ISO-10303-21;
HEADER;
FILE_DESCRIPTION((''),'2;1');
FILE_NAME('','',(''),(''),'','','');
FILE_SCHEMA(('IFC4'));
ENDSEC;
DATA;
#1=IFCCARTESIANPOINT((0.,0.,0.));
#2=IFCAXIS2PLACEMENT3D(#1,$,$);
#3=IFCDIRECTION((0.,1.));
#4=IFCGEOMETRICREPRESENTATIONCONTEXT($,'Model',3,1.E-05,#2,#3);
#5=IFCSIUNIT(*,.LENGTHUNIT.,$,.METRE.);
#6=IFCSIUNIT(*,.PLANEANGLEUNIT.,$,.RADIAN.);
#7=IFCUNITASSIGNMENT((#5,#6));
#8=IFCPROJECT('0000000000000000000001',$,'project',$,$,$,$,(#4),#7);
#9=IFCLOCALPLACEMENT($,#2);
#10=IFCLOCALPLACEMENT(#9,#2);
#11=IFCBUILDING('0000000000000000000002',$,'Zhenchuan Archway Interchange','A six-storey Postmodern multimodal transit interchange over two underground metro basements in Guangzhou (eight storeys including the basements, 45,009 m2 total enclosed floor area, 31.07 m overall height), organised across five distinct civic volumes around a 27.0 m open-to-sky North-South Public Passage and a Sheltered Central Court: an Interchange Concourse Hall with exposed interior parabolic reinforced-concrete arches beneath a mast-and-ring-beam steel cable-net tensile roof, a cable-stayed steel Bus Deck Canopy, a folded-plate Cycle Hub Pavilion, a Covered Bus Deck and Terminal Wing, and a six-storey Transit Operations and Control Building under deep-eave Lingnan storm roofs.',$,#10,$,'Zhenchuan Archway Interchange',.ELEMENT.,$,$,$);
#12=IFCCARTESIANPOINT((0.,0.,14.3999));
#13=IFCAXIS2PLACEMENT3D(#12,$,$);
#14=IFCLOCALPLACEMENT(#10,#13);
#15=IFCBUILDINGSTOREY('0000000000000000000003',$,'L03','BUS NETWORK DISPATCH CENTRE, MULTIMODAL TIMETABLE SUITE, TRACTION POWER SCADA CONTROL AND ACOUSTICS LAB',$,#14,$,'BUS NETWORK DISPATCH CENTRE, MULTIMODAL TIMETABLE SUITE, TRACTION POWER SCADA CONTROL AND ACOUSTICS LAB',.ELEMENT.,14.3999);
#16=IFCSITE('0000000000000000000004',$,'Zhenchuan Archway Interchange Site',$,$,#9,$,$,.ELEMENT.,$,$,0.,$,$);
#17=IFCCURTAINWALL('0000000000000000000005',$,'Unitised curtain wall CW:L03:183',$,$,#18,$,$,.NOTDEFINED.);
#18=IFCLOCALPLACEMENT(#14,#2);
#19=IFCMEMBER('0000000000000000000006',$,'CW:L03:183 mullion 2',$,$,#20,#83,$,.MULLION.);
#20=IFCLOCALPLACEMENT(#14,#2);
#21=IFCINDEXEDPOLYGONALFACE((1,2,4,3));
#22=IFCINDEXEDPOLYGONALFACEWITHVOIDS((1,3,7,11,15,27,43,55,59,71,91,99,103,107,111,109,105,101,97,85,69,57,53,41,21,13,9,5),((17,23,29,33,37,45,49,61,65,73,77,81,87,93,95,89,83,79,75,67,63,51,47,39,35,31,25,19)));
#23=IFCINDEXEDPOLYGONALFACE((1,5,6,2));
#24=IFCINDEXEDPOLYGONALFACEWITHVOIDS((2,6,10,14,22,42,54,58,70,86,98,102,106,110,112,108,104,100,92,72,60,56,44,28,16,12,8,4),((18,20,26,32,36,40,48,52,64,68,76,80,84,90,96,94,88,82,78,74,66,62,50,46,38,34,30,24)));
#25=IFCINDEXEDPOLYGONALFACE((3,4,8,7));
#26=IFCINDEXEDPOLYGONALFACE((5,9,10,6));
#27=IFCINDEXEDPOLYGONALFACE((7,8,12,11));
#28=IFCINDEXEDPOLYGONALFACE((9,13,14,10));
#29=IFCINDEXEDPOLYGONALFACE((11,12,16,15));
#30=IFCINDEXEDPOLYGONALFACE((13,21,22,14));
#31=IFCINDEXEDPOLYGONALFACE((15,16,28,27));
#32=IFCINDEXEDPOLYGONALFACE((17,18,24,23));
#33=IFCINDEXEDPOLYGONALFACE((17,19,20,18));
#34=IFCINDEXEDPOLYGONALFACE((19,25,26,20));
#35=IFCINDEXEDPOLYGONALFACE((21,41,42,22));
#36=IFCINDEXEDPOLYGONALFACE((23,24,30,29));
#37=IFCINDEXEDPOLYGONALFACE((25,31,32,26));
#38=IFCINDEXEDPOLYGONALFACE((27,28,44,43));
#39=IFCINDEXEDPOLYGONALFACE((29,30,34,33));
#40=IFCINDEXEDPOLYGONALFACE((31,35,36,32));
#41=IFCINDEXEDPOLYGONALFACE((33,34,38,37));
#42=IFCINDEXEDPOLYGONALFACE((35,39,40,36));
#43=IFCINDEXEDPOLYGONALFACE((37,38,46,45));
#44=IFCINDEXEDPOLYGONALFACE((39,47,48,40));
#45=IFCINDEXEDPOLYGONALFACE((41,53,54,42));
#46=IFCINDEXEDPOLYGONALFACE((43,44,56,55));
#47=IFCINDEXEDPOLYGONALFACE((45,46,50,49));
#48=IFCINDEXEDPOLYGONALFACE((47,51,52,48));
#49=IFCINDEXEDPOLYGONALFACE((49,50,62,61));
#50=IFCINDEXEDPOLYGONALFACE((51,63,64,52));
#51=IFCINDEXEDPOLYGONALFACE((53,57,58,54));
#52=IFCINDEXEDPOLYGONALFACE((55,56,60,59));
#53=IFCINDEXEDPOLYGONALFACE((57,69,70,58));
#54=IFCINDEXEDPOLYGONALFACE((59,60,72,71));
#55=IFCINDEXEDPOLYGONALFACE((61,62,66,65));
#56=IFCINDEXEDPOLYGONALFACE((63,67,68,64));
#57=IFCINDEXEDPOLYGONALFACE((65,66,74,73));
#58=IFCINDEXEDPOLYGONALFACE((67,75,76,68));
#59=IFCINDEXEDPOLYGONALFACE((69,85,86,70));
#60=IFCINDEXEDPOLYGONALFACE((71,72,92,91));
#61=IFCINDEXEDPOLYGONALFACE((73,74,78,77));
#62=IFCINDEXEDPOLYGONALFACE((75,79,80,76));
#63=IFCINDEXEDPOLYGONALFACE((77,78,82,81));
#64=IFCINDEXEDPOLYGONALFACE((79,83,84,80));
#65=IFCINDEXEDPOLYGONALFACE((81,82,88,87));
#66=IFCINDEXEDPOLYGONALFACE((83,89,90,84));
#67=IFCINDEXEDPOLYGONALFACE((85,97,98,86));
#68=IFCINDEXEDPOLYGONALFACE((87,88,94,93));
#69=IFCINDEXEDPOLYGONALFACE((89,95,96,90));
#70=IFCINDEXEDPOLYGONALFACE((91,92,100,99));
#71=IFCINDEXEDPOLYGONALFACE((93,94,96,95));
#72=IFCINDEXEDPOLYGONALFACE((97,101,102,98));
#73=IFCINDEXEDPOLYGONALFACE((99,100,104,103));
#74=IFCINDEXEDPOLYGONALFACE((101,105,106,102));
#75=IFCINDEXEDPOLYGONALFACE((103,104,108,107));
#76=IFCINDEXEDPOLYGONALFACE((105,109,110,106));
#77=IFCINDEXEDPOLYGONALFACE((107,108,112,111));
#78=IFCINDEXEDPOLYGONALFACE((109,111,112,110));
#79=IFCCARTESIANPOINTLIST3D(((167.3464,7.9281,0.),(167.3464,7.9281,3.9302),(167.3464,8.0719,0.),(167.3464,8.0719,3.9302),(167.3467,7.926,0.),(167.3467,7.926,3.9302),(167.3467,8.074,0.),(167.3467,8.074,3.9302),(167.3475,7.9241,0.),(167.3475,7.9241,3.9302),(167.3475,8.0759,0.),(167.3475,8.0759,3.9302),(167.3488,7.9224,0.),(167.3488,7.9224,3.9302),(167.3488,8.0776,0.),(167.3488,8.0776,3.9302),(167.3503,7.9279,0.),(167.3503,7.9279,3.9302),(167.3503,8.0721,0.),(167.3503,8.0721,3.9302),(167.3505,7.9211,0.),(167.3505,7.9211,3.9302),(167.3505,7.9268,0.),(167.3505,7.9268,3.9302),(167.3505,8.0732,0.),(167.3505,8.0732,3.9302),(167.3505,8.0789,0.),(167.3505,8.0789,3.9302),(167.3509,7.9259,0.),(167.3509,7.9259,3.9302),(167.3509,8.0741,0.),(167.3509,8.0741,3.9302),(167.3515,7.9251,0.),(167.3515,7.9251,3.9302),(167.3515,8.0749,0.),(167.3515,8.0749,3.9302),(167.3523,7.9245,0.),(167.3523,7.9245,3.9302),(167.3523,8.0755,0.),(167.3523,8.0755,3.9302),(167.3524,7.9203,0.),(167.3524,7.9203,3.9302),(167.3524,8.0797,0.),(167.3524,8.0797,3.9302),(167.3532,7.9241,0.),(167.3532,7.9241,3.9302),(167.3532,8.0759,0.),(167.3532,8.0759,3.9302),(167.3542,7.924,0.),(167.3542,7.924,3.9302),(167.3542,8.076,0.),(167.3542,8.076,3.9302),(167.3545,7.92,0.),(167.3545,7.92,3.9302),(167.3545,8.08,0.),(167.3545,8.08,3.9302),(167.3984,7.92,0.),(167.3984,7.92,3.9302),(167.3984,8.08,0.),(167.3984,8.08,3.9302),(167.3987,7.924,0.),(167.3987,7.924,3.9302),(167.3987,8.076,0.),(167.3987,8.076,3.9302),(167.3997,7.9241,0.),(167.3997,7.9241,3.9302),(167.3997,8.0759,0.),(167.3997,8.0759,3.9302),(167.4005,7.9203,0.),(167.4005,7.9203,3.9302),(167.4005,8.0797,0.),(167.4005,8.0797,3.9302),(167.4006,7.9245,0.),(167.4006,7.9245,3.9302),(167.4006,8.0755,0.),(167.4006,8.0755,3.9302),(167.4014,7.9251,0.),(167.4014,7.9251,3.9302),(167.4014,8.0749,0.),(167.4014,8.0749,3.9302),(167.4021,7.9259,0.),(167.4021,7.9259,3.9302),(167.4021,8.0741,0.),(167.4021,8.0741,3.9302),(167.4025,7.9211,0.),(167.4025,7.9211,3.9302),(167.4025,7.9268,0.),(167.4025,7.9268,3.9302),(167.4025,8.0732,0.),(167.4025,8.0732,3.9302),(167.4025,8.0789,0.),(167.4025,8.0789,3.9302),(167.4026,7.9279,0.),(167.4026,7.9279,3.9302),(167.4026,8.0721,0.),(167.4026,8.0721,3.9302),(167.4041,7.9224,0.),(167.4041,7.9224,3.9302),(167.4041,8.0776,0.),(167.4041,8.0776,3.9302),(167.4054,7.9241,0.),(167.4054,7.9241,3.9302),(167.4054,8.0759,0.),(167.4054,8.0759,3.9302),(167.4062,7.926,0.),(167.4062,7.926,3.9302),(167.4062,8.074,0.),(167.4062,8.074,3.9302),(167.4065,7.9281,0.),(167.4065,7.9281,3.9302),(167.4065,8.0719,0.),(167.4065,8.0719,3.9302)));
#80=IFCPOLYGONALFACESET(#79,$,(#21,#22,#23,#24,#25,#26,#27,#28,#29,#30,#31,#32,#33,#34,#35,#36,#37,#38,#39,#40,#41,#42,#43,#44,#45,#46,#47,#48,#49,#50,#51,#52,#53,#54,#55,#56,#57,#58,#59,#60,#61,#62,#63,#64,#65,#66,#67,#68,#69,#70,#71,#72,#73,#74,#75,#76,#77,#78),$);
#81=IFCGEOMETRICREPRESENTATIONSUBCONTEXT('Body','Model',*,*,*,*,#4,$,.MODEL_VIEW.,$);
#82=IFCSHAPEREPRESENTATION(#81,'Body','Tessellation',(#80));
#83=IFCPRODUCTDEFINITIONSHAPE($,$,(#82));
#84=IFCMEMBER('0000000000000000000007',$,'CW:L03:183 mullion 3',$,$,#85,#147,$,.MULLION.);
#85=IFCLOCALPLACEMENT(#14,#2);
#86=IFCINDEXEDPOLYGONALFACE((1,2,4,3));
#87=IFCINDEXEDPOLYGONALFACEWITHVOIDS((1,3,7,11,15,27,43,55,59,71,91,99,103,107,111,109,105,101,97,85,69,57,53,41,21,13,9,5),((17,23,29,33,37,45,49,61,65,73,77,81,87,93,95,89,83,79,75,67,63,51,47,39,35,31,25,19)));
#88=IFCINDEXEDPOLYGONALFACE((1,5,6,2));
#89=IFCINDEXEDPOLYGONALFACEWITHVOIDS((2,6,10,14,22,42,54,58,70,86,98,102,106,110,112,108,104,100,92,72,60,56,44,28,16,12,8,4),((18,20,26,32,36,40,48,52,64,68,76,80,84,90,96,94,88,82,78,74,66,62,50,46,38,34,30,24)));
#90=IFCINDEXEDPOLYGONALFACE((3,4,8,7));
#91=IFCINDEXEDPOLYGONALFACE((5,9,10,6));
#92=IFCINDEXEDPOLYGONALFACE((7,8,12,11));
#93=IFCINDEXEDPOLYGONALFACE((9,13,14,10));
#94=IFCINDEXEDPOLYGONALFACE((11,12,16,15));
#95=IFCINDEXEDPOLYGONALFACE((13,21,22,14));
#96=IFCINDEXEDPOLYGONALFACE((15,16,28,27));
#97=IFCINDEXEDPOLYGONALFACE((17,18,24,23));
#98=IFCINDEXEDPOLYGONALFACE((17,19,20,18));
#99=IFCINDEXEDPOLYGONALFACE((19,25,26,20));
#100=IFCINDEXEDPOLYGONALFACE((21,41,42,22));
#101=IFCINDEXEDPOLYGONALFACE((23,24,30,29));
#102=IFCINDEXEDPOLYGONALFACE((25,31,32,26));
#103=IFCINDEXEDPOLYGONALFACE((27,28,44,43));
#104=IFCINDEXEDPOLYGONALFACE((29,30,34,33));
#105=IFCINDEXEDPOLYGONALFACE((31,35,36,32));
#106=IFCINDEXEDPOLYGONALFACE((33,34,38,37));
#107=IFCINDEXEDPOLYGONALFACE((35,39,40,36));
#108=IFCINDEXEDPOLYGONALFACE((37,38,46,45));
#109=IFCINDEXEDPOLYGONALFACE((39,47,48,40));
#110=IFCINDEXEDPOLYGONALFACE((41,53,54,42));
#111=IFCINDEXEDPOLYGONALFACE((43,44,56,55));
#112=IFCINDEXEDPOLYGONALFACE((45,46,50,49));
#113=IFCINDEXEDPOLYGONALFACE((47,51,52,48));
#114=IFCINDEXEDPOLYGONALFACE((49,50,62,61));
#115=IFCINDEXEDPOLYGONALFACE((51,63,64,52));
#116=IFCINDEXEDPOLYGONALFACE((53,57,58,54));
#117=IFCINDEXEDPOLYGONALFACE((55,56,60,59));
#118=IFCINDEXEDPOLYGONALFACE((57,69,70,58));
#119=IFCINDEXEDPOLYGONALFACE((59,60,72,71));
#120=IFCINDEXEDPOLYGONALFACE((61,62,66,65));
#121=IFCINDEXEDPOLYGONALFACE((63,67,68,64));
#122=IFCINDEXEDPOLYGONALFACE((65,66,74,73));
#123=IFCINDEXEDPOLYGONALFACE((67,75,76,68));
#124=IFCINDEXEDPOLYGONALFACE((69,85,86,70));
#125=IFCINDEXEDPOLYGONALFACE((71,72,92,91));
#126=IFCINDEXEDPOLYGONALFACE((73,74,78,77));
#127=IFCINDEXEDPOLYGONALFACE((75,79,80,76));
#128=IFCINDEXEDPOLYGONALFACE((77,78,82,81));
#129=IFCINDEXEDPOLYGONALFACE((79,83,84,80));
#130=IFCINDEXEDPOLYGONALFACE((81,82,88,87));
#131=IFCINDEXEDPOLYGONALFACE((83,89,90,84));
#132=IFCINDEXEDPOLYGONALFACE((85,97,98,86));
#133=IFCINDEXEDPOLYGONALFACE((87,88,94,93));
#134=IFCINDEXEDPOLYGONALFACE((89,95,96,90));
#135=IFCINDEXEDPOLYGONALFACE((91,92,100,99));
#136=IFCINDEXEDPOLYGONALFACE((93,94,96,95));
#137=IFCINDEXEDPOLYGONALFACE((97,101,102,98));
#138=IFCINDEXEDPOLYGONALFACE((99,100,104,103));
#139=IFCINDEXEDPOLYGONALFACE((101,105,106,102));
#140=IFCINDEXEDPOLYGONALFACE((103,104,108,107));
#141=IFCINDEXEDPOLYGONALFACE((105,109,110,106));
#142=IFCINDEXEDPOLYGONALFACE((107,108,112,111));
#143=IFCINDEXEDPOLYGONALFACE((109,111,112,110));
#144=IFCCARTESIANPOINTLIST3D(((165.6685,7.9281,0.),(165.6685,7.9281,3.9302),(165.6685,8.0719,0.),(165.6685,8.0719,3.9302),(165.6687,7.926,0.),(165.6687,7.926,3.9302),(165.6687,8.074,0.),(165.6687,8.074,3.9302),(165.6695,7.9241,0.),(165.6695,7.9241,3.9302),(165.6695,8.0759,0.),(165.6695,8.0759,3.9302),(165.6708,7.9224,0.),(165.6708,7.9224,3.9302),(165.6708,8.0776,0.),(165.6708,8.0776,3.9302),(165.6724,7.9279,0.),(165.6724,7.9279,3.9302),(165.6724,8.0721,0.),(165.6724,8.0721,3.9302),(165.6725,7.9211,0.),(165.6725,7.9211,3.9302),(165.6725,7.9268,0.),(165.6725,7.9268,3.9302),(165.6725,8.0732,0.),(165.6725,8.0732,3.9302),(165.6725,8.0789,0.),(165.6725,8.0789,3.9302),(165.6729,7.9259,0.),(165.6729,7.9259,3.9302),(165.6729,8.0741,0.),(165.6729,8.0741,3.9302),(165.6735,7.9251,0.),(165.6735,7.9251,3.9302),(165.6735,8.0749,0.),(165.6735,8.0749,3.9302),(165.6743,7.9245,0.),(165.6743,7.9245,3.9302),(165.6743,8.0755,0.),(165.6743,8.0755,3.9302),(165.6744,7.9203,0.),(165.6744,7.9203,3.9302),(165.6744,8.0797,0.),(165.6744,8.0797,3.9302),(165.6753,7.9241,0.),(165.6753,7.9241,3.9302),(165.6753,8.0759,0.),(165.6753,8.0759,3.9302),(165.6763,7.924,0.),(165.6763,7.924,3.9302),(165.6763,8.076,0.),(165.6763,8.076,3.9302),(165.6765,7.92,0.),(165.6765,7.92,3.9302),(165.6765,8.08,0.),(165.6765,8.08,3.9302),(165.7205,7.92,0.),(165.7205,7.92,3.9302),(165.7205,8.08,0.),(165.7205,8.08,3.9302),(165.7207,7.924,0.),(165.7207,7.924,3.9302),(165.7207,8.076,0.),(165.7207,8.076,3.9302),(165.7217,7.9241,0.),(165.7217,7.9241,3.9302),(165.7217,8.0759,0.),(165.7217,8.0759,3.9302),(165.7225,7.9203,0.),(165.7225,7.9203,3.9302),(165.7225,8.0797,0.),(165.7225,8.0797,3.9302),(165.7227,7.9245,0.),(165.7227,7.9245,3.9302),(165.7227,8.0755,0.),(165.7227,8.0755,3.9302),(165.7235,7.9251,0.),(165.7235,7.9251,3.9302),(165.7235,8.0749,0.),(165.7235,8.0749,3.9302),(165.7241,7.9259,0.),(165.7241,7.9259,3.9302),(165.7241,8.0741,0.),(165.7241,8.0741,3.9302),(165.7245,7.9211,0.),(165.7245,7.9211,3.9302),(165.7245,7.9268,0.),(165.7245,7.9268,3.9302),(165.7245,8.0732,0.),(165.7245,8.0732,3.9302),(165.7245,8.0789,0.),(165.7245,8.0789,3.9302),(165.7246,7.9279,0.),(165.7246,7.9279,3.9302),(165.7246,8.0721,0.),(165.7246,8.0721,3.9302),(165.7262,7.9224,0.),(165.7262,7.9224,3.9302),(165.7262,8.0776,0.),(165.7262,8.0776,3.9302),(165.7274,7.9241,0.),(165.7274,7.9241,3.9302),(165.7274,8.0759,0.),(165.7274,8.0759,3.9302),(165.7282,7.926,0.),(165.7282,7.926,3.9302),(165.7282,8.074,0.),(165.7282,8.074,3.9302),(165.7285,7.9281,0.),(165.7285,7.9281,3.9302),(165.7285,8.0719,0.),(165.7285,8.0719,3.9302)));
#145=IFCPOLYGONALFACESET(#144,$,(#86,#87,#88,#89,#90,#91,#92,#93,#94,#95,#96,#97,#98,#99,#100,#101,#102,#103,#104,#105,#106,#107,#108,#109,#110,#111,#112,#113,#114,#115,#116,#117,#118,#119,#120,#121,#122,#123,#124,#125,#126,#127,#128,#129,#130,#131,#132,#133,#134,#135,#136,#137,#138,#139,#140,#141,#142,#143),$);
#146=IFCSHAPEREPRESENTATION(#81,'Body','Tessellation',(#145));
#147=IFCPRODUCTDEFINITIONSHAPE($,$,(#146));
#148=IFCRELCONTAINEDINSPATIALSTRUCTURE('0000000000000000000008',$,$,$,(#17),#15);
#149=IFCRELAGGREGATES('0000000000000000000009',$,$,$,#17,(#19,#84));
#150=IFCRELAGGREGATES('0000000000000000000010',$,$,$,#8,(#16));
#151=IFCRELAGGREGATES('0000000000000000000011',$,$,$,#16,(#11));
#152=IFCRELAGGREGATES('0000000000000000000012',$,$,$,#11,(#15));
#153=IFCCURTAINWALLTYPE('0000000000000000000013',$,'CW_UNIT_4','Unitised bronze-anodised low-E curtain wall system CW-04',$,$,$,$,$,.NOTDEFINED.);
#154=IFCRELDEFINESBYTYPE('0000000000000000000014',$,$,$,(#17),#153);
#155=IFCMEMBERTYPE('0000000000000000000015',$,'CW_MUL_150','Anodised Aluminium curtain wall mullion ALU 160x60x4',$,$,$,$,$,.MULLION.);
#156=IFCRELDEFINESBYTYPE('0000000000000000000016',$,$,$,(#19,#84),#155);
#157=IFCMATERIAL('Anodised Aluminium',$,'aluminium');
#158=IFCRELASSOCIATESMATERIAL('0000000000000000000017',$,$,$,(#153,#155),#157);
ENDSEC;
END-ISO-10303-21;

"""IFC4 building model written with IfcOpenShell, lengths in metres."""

from ifc_helpers import new_model, si_unit, direction, frame, origin, origin_2d, place, context, subcontext, project, spatial, hollow_rectangle, extrude, material, material_profile, profile_set, type_object, element, aggregate, save


model = new_model("IFC4")

# Units and contexts
model_context = context("Model", 3, precision=1e-05, world=origin(), true_north=direction((0.0, 1.0)))
body_context = subcontext(model_context, "Body", "Model", "MODEL_VIEW")
ifc_project = project(units=[si_unit("LENGTHUNIT", "METRE"), si_unit("PLANEANGLEUNIT", "RADIAN")], contexts=[model_context])

# Site, building, storey
site_placement = place(None, origin())
site = spatial("IfcSite", under=ifc_project, at=site_placement, Name="Zhenchuan Archway Interchange Site", CompositionType="ELEMENT", RefElevation=0.0)
building_placement = place(site_placement, origin())
building = spatial("IfcBuilding", under=site, at=building_placement, Name="Zhenchuan Archway Interchange", Description="A six-storey Postmodern multimodal transit interchange over two underground metro basements in Guangzhou (eight storeys including the basements, 45,009 m2 total enclosed floor area, 31.07 m overall height), organised across five distinct civic volumes around a 27.0 m open-to-sky North-South Public Passage and a Sheltered Central Court: an Interchange Concourse Hall with exposed interior parabolic reinforced-concrete arches beneath a mast-and-ring-beam steel cable-net tensile roof, a cable-stayed steel Bus Deck Canopy, a folded-plate Cycle Hub Pavilion, a Covered Bus Deck and Terminal Wing, and a six-storey Transit Operations and Control Building under deep-eave Lingnan storm roofs.", LongName="Zhenchuan Archway Interchange", CompositionType="ELEMENT")
storey_placement = place(building_placement, frame((0.0, 0.0, 14.3999)))
storey = spatial("IfcBuildingStorey", under=building, at=storey_placement, Name="L03", Description="BUS NETWORK DISPATCH CENTRE, MULTIMODAL TIMETABLE SUITE, TRACTION POWER SCADA CONTROL AND ACOUSTICS LAB", LongName="BUS NETWORK DISPATCH CENTRE, MULTIMODAL TIMETABLE SUITE, TRACTION POWER SCADA CONTROL AND ACOUSTICS LAB", CompositionType="ELEMENT", Elevation=14.3999)

# Curtain wall, members
ifc_material_1 = material(Name="Anodised Aluminium", Category="aluminium")
curtain_wall_type = type_object("IfcCurtainWallType", Name="CW_UNIT_4", Description="Unitised bronze-anodised low-E curtain wall system CW-04", PredefinedType="NOTDEFINED", material=ifc_material_1)
curtain_wall_placement = place(storey_placement, origin())
curtain_wall = element("IfcCurtainWall", 1, at=curtain_wall_placement, inside=storey, type_object=curtain_wall_type, Name="Unitised curtain wall CW:L03:183", PredefinedType="NOTDEFINED")
ifc_material_profile_1 = material_profile(ifc_material_1, hollow_rectangle(XDim=0.0601, YDim=0.1599, WallThickness=0.0039, InnerFilletRadius=0.0039, OuterFilletRadius=0.0081, at=origin_2d()), Name="ALU 160x60x4")
ifc_profile_set_1 = profile_set([ifc_material_profile_1], Name="Anodised Aluminium")
member_type_1 = type_object("IfcMemberType", Name="CW_MUL_150", Description="Anodised Aluminium curtain wall mullion ALU 160x60x4", PredefinedType="MULLION", material=ifc_profile_set_1)
member_1_placement = place(storey_placement, frame((167.3765, 8.0, 0.0), z_axis=(0.0, 0.0, 1.0), x_axis=(1.0, 0.0, 0.0)))
member_1 = element("IfcMember", 2, at=member_1_placement, type_object=member_type_1, Name="CW:L03:183 mullion 2", PredefinedType="MULLION", context=body_context, shape_type="SweptSolid", body=[
    extrude(hollow_rectangle(XDim=0.0601, YDim=0.1599, WallThickness=0.0039, InnerFilletRadius=0.0039, OuterFilletRadius=0.0081, at=origin_2d()), origin(), (0.0, 0.0, 1.0), 3.9302),
])
member_2_placement = place(storey_placement, frame((165.6985, 8.0, 0.0), z_axis=(0.0, 0.0, 1.0), x_axis=(1.0, 0.0, 0.0)))
member_2 = element("IfcMember", 3, at=member_2_placement, type_object=member_type_1, Name="CW:L03:183 mullion 3", PredefinedType="MULLION", context=body_context, shape_type="SweptSolid", body=[
    extrude(hollow_rectangle(XDim=0.0601, YDim=0.1599, WallThickness=0.0039, InnerFilletRadius=0.0039, OuterFilletRadius=0.0081, at=origin_2d()), origin(), (0.0, 0.0, 1.0), 3.9302),
])

aggregate(curtain_wall, [member_1, member_2])

save(model, "model.ifc")
